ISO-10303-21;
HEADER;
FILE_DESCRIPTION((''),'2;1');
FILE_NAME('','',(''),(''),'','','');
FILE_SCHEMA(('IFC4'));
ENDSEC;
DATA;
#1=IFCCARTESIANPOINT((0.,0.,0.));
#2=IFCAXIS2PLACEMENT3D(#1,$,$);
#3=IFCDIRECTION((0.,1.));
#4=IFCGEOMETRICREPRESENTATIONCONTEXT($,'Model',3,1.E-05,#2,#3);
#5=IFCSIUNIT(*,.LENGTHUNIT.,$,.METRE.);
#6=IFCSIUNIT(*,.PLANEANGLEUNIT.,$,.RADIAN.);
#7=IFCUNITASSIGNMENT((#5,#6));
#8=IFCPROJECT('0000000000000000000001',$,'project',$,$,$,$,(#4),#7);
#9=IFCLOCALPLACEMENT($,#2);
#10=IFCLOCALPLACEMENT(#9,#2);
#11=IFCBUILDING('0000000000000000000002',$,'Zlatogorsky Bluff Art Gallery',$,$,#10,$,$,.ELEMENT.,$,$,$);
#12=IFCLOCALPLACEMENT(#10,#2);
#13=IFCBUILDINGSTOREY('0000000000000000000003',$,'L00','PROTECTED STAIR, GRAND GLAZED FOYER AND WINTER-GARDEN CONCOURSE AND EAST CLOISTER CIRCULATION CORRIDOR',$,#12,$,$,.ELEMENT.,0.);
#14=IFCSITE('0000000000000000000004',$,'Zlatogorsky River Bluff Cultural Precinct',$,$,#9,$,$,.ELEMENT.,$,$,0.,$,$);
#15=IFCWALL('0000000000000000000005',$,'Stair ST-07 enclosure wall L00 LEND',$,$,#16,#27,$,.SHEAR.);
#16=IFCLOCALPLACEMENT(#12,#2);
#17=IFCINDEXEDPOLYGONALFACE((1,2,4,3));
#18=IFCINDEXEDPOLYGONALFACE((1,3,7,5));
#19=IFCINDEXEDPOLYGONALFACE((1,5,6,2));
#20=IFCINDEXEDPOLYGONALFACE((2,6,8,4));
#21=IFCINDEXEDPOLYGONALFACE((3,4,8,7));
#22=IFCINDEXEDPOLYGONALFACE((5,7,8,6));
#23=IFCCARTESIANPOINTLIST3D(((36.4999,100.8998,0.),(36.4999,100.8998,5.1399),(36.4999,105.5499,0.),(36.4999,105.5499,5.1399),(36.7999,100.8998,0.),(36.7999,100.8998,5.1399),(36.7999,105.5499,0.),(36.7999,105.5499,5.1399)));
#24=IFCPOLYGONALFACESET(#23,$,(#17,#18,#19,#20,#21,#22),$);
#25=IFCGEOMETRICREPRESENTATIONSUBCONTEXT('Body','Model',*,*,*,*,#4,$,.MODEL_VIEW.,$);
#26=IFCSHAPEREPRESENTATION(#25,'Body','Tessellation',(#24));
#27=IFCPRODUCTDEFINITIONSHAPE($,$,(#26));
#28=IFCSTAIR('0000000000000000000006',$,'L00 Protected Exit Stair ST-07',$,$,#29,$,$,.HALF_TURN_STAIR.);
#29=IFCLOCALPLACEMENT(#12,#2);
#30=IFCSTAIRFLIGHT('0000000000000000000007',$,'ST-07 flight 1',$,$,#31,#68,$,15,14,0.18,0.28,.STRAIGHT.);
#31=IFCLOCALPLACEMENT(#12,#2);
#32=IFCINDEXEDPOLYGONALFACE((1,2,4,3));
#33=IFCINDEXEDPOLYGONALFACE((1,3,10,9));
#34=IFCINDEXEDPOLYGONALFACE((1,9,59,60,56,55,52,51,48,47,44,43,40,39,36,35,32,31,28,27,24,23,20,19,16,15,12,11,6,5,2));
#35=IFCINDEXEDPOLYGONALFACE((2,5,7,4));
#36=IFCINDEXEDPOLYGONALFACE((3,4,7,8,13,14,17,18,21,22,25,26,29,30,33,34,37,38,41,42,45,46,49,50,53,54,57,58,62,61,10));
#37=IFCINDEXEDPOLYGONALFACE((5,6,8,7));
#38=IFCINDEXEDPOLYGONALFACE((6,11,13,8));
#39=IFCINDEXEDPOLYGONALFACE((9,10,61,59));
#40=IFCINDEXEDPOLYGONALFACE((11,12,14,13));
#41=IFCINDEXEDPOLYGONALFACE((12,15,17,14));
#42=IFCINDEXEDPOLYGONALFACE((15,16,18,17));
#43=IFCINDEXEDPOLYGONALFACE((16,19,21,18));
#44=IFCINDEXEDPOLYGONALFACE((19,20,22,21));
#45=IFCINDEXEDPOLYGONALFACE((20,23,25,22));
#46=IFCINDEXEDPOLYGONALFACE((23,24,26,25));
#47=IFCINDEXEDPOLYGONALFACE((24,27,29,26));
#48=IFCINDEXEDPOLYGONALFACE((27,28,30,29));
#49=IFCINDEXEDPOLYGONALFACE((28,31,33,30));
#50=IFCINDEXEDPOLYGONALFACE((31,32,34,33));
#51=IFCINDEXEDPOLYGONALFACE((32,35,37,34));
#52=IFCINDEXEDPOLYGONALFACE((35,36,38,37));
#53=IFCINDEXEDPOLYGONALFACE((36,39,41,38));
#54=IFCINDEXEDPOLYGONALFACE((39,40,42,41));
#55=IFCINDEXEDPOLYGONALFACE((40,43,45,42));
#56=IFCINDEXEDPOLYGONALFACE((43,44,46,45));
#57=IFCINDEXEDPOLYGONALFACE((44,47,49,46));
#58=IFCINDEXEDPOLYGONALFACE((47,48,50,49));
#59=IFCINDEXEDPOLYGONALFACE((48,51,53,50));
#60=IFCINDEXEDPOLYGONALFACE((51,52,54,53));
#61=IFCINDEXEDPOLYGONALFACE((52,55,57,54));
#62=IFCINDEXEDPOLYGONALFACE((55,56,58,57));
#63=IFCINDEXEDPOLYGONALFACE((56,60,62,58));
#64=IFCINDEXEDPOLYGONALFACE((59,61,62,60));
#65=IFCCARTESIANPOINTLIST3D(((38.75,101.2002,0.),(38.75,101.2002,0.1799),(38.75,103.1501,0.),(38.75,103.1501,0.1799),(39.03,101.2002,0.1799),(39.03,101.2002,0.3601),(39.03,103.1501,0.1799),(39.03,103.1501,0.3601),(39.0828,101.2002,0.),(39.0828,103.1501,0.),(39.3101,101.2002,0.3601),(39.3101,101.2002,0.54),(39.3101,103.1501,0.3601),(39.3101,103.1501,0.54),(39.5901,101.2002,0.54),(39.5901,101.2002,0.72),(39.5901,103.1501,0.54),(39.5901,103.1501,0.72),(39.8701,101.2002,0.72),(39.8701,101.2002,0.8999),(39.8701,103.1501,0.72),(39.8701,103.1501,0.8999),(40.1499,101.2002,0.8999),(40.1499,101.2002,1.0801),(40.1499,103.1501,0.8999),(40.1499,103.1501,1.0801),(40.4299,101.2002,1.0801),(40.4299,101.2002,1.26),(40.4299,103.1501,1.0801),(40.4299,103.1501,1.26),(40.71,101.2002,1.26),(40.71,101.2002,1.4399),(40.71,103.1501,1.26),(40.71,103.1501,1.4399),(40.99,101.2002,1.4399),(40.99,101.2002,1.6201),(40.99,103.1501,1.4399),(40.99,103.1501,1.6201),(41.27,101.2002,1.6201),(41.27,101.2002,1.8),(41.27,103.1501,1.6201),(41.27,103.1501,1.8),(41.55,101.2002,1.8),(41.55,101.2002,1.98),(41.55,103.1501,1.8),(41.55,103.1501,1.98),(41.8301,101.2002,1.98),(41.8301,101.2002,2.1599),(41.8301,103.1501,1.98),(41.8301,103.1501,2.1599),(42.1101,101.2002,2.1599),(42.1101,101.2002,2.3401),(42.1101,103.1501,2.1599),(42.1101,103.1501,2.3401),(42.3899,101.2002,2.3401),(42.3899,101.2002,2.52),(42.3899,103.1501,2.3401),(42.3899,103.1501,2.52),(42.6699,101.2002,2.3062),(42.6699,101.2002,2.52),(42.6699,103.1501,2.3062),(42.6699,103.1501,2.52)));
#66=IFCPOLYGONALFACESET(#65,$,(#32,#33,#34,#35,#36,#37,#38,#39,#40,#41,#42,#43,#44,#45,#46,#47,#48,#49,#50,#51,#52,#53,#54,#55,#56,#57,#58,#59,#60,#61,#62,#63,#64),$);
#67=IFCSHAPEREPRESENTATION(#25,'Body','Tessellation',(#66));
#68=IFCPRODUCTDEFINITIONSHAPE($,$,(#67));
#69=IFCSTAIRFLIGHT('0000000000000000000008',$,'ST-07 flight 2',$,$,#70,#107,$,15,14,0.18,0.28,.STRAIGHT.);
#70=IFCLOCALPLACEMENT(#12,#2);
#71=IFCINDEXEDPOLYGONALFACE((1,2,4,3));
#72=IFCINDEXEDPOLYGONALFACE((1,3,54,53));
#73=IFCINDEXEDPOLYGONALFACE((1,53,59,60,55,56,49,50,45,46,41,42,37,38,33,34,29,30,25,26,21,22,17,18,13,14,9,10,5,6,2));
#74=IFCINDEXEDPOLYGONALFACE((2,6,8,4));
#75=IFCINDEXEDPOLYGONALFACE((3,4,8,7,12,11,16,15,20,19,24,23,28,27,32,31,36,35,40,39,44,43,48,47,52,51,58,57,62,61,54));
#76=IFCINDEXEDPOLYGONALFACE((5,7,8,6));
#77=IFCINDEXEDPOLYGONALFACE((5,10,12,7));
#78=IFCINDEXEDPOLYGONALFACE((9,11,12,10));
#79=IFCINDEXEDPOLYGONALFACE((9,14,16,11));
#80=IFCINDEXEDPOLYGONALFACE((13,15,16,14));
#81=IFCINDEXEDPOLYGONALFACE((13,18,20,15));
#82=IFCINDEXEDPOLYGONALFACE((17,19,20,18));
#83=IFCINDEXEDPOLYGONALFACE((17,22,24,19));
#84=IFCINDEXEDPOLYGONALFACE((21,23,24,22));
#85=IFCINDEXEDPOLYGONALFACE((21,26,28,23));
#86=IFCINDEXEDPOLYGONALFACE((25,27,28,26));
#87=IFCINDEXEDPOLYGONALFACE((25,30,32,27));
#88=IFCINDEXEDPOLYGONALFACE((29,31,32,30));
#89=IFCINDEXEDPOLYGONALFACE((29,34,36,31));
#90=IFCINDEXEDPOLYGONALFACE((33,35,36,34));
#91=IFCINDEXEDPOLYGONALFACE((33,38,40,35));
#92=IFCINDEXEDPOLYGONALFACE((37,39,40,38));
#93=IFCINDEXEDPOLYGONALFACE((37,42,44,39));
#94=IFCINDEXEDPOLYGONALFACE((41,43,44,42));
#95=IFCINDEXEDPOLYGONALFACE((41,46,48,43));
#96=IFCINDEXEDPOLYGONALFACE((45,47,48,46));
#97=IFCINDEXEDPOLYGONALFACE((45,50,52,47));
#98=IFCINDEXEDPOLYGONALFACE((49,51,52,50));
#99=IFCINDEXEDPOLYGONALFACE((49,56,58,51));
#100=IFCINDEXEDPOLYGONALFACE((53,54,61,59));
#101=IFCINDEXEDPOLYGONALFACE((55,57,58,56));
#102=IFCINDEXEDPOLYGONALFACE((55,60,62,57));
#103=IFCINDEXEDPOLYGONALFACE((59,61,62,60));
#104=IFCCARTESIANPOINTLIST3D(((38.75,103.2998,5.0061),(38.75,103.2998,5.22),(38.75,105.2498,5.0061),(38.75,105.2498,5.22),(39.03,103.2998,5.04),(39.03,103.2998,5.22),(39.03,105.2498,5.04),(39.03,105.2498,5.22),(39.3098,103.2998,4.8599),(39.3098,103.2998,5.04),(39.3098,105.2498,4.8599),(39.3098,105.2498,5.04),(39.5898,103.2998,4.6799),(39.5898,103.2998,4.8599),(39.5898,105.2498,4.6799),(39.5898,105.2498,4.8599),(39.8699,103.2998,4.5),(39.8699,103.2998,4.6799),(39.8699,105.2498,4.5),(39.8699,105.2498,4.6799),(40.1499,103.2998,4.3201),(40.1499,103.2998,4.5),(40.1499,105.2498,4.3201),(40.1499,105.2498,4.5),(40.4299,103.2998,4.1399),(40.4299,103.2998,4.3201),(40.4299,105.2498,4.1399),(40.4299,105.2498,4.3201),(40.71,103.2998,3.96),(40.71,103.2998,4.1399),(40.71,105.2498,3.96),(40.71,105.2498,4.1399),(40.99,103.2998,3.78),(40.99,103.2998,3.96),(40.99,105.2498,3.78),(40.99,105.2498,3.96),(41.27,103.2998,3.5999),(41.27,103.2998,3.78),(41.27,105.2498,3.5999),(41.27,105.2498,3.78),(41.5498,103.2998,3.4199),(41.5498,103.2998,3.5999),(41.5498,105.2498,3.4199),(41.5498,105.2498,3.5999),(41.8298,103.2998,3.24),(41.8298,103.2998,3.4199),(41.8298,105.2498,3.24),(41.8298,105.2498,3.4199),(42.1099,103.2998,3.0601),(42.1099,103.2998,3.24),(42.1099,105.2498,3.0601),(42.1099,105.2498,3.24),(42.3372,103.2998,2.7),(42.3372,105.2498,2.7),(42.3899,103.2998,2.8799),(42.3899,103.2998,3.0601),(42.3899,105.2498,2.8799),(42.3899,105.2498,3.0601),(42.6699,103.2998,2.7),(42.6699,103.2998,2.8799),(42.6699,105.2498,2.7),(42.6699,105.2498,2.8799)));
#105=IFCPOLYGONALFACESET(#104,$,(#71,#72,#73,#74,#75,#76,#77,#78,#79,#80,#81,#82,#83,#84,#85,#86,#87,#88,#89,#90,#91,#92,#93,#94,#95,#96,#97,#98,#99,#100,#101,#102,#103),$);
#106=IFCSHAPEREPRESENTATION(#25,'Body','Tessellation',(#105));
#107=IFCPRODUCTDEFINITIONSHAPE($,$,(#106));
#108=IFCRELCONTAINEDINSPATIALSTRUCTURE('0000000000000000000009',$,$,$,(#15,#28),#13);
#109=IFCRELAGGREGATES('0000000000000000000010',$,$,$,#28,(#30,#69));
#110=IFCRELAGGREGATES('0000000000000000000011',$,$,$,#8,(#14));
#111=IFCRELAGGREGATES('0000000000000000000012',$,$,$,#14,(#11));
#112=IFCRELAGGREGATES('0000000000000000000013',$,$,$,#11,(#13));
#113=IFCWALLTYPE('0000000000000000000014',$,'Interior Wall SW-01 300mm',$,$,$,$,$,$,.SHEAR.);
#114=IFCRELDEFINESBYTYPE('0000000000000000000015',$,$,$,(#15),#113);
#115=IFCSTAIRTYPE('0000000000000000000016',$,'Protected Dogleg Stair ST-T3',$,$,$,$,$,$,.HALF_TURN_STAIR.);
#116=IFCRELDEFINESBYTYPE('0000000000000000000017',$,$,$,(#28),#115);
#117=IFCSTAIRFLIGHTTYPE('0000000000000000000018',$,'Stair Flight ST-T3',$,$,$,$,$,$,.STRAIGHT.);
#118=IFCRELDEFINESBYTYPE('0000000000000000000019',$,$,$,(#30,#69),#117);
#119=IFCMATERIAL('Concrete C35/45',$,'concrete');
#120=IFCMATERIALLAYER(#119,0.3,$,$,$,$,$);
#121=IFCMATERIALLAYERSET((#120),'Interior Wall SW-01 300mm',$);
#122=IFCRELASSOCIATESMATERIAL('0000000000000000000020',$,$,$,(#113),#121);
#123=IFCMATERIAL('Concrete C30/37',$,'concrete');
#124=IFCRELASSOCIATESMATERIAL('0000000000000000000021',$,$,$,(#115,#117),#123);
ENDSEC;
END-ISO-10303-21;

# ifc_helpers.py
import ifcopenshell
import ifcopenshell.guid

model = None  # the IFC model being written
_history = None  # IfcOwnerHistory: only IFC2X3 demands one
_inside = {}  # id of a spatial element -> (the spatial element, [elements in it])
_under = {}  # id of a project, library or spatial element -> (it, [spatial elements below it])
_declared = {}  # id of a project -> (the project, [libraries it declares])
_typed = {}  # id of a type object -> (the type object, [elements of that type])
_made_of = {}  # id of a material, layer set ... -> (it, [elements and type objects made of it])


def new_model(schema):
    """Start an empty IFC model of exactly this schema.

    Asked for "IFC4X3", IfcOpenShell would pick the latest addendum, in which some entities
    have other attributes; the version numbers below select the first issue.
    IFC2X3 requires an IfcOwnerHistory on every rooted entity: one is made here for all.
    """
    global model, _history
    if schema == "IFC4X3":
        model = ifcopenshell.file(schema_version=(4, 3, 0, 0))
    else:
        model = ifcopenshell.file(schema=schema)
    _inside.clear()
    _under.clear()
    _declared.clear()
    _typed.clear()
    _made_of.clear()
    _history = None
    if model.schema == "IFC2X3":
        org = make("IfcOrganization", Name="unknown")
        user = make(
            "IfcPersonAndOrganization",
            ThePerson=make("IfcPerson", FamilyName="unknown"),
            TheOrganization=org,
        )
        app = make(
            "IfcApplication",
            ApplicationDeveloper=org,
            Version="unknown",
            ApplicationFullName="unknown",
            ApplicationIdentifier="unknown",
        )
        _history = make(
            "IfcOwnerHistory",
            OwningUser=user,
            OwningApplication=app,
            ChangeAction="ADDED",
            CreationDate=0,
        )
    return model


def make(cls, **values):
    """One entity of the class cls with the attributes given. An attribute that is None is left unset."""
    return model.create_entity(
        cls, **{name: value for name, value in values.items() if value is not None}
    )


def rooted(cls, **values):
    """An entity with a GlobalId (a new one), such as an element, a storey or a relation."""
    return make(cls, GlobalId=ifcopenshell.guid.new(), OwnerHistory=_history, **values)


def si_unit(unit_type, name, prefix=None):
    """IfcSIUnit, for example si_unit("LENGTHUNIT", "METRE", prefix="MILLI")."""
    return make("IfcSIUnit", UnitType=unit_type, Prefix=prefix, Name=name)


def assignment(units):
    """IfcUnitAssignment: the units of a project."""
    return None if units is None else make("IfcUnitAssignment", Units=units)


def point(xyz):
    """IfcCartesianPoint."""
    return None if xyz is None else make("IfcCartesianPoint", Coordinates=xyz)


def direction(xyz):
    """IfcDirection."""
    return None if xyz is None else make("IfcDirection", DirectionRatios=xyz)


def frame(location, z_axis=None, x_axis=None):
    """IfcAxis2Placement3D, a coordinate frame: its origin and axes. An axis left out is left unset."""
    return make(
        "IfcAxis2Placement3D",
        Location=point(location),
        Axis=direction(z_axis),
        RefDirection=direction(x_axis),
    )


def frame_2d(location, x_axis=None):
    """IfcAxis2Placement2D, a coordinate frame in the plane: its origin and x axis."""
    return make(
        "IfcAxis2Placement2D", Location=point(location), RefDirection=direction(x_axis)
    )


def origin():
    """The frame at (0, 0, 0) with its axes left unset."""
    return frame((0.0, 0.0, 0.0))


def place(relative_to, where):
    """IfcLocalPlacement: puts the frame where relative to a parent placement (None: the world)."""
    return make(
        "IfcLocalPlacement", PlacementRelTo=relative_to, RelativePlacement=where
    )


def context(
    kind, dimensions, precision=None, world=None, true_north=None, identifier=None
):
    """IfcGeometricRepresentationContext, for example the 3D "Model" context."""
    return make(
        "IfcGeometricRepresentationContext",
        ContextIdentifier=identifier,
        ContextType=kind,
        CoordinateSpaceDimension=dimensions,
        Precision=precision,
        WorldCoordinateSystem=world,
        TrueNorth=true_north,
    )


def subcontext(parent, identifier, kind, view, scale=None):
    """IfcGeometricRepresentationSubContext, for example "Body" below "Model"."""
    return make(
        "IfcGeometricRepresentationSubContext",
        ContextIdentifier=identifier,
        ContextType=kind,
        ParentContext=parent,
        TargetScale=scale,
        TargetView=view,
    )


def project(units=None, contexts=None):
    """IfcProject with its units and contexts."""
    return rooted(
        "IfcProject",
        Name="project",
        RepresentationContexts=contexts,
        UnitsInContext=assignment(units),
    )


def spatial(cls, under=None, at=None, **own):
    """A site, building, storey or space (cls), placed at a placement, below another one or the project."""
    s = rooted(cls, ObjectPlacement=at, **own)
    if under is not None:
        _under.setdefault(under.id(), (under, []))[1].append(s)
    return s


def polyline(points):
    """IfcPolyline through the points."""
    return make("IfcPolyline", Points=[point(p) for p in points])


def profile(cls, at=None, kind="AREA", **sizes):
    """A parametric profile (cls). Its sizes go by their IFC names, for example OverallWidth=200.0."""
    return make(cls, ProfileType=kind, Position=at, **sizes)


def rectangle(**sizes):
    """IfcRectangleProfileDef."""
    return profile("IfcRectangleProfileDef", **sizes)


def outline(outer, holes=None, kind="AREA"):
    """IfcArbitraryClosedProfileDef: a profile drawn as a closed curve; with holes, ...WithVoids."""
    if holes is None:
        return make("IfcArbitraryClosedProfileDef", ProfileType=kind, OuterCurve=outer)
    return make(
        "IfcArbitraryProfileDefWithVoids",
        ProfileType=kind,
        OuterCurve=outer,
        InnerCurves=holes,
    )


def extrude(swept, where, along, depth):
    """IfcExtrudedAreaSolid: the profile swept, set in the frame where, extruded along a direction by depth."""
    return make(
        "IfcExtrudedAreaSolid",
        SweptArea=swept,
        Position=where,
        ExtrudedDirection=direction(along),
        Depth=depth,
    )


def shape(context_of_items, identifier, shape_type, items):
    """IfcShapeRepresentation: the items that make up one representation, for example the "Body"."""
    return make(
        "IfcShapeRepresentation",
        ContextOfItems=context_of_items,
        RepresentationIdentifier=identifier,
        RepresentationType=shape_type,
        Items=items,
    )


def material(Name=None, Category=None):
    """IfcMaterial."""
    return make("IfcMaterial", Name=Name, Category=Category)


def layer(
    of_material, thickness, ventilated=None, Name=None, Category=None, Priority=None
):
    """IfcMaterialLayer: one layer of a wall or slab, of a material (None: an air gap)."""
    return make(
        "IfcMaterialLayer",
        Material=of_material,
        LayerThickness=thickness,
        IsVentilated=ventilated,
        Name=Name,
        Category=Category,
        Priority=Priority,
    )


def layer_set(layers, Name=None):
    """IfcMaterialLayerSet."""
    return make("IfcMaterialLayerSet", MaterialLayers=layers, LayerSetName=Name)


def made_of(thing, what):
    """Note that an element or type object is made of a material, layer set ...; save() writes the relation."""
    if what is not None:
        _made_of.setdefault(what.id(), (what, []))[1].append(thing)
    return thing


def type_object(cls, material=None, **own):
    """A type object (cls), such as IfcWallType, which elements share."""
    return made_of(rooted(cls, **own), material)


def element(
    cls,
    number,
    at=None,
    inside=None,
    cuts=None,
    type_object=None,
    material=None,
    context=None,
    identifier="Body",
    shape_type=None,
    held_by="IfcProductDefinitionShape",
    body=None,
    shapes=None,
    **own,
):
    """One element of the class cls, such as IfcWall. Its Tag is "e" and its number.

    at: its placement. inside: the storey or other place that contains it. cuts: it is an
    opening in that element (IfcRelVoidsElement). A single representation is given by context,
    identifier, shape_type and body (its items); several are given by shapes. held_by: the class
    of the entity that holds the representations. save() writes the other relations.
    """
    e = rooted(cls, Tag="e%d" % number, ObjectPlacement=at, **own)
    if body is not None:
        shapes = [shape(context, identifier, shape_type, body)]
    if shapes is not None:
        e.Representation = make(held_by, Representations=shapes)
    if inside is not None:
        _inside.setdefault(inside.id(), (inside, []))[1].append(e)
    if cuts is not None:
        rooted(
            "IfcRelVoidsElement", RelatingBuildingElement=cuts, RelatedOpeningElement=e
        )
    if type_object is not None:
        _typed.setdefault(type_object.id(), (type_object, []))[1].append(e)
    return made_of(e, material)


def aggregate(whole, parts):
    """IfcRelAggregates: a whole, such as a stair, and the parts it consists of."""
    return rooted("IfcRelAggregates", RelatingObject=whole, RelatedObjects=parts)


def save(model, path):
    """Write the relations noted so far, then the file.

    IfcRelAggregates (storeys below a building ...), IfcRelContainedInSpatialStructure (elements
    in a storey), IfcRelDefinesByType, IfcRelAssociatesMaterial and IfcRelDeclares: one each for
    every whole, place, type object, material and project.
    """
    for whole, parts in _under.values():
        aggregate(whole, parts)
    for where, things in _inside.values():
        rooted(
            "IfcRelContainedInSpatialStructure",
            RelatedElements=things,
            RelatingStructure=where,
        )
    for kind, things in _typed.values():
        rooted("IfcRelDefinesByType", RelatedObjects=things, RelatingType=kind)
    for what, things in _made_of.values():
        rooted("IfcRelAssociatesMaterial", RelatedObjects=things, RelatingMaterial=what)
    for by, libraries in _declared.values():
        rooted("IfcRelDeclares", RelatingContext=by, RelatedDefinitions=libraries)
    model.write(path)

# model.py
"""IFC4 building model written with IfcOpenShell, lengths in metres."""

from ifc_helpers import new_model, si_unit, direction, frame, frame_2d, origin, place, context, subcontext, project, spatial, polyline, rectangle, outline, extrude, material, layer, layer_set, type_object, element, aggregate, save


model = new_model("IFC4")

# Units and contexts
model_context = context("Model", 3, precision=1e-05, world=origin(), true_north=direction((0.0, 1.0)))
body_context = subcontext(model_context, "Body", "Model", "MODEL_VIEW")
ifc_project = project(units=[si_unit("LENGTHUNIT", "METRE"), si_unit("PLANEANGLEUNIT", "RADIAN")], contexts=[model_context])

# Site, building, storey
site_placement = place(None, origin())
site = spatial("IfcSite", under=ifc_project, at=site_placement, Name="Zlatogorsky River Bluff Cultural Precinct", CompositionType="ELEMENT", RefElevation=0.0)
building_placement = place(site_placement, origin())
building = spatial("IfcBuilding", under=site, at=building_placement, Name="Zlatogorsky Bluff Art Gallery", CompositionType="ELEMENT")
storey_placement = place(building_placement, origin())
storey = spatial("IfcBuildingStorey", under=building, at=storey_placement, Name="L00", Description="PROTECTED STAIR, GRAND GLAZED FOYER AND WINTER-GARDEN CONCOURSE AND EAST CLOISTER CIRCULATION CORRIDOR", CompositionType="ELEMENT", Elevation=0.0)

# Shared definitions
ifc_material_1 = material(Name="Concrete C30/37", Category="concrete")
ifc_material_2 = material(Name="Concrete C35/45", Category="concrete")
ifc_layer_1 = layer(ifc_material_2, 0.3)
ifc_layer_set_1 = layer_set([ifc_layer_1], Name="Interior Wall SW-01 300mm")
wall_type_1 = type_object("IfcWallType", Name="Interior Wall SW-01 300mm", PredefinedType="SHEAR", material=ifc_layer_set_1)

# Wall
wall_1_placement = place(storey_placement, frame((36.6499, 105.55, 0.0), z_axis=(0.0, 0.0, 1.0), x_axis=(0.0, -1.0, 0.0)))
element("IfcWall", 1, at=wall_1_placement, inside=storey, type_object=wall_type_1, Name="Stair ST-07 enclosure wall L00 LEND", PredefinedType="SHEAR", context=body_context, shape_type="SweptSolid", body=[
    extrude(rectangle(XDim=4.6501, YDim=0.3, at=frame_2d((2.3252, 0.0))), origin(), (0.0, 0.0, 1.0), 5.1399),
])

# Stair, stair flights
stair_type = type_object("IfcStairType", Name="Protected Dogleg Stair ST-T3", PredefinedType="HALF_TURN_STAIR", material=ifc_material_1)
stair_placement = place(storey_placement, origin())
stair = element("IfcStair", 2, at=stair_placement, inside=storey, type_object=stair_type, Name="L00 Protected Exit Stair ST-07", PredefinedType="HALF_TURN_STAIR")
stair_flight_type = type_object("IfcStairFlightType", Name="Stair Flight ST-T3", PredefinedType="STRAIGHT", material=ifc_material_1)
stair_flight_1_placement = place(storey_placement, frame((38.75, 102.175, 0.0), z_axis=(0.0, 0.0, 1.0), x_axis=(1.0, 0.0, 0.0)))
stair_flight_1 = element("IfcStairFlight", 3, at=stair_flight_1_placement, type_object=stair_flight_type, Name="ST-07 flight 1", NumberOfRisers=15, NumberOfTreads=14, PredefinedType="STRAIGHT", RiserHeight=0.18, TreadLength=0.28, context=body_context, shape_type="SweptSolid", body=[
    extrude(outline(polyline([(0.0, 0.0), (0.0, 0.1799), (0.28, 0.1799), (0.28, 0.3601), (0.5601, 0.3601), (0.5601, 0.54), (0.8401, 0.54), (0.8401, 0.72), (1.1201, 0.72), (1.1201, 0.8999), (1.3999, 0.8999), (1.3999, 1.0801), (1.6799, 1.0801), (1.6799, 1.26), (1.96, 1.26), (1.96, 1.4399), (2.24, 1.4399), (2.24, 1.6201), (2.52, 1.6201), (2.52, 1.8), (2.8, 1.8), (2.8, 1.98), (3.0801, 1.98), (3.0801, 2.1599), (3.3601, 2.1599), (3.3601, 2.3401), (3.6399, 2.3401), (3.6399, 2.52), (3.9199, 2.52), (3.9199, 2.7), (3.9199, 2.3062), (0.3328, 0.0), (0.0, 0.0)])), frame((0.0, 0.9751, 0.0), z_axis=(0.0, -1.0, 0.0), x_axis=(1.0, 0.0, 0.0)), (0.0, 0.0, 1.0), 1.95),
])
stair_flight_2_placement = place(storey_placement, frame((42.6699, 104.2749, 2.7), z_axis=(0.0, 0.0, 1.0), x_axis=(-1.0, 0.0, 0.0)))
stair_flight_2 = element("IfcStairFlight", 4, at=stair_flight_2_placement, type_object=stair_flight_type, Name="ST-07 flight 2", NumberOfRisers=15, NumberOfTreads=14, PredefinedType="STRAIGHT", RiserHeight=0.18, TreadLength=0.28, context=body_context, shape_type="SweptSolid", body=[
    extrude(outline(polyline([(0.0, 0.0), (0.0, 0.1799), (0.28, 0.1799), (0.28, 0.3601), (0.5601, 0.3601), (0.5601, 0.54), (0.8401, 0.54), (0.8401, 0.72), (1.1201, 0.72), (1.1201, 0.8999), (1.3999, 0.8999), (1.3999, 1.0801), (1.6799, 1.0801), (1.6799, 1.26), (1.96, 1.26), (1.96, 1.4399), (2.24, 1.4399), (2.24, 1.6201), (2.52, 1.6201), (2.52, 1.8), (2.8, 1.8), (2.8, 1.98), (3.0801, 1.98), (3.0801, 2.1599), (3.3601, 2.1599), (3.3601, 2.3401), (3.6399, 2.3401), (3.6399, 2.52), (3.9199, 2.52), (3.9199, 2.7), (3.9199, 2.3062), (0.3328, 0.0), (0.0, 0.0)])), frame((0.0, 0.9751, 0.0), z_axis=(0.0, -1.0, 0.0), x_axis=(1.0, 0.0, 0.0)), (0.0, 0.0, 1.0), 1.95),
])
aggregate(stair, [stair_flight_1, stair_flight_2])

save(model, "model.ifc")
